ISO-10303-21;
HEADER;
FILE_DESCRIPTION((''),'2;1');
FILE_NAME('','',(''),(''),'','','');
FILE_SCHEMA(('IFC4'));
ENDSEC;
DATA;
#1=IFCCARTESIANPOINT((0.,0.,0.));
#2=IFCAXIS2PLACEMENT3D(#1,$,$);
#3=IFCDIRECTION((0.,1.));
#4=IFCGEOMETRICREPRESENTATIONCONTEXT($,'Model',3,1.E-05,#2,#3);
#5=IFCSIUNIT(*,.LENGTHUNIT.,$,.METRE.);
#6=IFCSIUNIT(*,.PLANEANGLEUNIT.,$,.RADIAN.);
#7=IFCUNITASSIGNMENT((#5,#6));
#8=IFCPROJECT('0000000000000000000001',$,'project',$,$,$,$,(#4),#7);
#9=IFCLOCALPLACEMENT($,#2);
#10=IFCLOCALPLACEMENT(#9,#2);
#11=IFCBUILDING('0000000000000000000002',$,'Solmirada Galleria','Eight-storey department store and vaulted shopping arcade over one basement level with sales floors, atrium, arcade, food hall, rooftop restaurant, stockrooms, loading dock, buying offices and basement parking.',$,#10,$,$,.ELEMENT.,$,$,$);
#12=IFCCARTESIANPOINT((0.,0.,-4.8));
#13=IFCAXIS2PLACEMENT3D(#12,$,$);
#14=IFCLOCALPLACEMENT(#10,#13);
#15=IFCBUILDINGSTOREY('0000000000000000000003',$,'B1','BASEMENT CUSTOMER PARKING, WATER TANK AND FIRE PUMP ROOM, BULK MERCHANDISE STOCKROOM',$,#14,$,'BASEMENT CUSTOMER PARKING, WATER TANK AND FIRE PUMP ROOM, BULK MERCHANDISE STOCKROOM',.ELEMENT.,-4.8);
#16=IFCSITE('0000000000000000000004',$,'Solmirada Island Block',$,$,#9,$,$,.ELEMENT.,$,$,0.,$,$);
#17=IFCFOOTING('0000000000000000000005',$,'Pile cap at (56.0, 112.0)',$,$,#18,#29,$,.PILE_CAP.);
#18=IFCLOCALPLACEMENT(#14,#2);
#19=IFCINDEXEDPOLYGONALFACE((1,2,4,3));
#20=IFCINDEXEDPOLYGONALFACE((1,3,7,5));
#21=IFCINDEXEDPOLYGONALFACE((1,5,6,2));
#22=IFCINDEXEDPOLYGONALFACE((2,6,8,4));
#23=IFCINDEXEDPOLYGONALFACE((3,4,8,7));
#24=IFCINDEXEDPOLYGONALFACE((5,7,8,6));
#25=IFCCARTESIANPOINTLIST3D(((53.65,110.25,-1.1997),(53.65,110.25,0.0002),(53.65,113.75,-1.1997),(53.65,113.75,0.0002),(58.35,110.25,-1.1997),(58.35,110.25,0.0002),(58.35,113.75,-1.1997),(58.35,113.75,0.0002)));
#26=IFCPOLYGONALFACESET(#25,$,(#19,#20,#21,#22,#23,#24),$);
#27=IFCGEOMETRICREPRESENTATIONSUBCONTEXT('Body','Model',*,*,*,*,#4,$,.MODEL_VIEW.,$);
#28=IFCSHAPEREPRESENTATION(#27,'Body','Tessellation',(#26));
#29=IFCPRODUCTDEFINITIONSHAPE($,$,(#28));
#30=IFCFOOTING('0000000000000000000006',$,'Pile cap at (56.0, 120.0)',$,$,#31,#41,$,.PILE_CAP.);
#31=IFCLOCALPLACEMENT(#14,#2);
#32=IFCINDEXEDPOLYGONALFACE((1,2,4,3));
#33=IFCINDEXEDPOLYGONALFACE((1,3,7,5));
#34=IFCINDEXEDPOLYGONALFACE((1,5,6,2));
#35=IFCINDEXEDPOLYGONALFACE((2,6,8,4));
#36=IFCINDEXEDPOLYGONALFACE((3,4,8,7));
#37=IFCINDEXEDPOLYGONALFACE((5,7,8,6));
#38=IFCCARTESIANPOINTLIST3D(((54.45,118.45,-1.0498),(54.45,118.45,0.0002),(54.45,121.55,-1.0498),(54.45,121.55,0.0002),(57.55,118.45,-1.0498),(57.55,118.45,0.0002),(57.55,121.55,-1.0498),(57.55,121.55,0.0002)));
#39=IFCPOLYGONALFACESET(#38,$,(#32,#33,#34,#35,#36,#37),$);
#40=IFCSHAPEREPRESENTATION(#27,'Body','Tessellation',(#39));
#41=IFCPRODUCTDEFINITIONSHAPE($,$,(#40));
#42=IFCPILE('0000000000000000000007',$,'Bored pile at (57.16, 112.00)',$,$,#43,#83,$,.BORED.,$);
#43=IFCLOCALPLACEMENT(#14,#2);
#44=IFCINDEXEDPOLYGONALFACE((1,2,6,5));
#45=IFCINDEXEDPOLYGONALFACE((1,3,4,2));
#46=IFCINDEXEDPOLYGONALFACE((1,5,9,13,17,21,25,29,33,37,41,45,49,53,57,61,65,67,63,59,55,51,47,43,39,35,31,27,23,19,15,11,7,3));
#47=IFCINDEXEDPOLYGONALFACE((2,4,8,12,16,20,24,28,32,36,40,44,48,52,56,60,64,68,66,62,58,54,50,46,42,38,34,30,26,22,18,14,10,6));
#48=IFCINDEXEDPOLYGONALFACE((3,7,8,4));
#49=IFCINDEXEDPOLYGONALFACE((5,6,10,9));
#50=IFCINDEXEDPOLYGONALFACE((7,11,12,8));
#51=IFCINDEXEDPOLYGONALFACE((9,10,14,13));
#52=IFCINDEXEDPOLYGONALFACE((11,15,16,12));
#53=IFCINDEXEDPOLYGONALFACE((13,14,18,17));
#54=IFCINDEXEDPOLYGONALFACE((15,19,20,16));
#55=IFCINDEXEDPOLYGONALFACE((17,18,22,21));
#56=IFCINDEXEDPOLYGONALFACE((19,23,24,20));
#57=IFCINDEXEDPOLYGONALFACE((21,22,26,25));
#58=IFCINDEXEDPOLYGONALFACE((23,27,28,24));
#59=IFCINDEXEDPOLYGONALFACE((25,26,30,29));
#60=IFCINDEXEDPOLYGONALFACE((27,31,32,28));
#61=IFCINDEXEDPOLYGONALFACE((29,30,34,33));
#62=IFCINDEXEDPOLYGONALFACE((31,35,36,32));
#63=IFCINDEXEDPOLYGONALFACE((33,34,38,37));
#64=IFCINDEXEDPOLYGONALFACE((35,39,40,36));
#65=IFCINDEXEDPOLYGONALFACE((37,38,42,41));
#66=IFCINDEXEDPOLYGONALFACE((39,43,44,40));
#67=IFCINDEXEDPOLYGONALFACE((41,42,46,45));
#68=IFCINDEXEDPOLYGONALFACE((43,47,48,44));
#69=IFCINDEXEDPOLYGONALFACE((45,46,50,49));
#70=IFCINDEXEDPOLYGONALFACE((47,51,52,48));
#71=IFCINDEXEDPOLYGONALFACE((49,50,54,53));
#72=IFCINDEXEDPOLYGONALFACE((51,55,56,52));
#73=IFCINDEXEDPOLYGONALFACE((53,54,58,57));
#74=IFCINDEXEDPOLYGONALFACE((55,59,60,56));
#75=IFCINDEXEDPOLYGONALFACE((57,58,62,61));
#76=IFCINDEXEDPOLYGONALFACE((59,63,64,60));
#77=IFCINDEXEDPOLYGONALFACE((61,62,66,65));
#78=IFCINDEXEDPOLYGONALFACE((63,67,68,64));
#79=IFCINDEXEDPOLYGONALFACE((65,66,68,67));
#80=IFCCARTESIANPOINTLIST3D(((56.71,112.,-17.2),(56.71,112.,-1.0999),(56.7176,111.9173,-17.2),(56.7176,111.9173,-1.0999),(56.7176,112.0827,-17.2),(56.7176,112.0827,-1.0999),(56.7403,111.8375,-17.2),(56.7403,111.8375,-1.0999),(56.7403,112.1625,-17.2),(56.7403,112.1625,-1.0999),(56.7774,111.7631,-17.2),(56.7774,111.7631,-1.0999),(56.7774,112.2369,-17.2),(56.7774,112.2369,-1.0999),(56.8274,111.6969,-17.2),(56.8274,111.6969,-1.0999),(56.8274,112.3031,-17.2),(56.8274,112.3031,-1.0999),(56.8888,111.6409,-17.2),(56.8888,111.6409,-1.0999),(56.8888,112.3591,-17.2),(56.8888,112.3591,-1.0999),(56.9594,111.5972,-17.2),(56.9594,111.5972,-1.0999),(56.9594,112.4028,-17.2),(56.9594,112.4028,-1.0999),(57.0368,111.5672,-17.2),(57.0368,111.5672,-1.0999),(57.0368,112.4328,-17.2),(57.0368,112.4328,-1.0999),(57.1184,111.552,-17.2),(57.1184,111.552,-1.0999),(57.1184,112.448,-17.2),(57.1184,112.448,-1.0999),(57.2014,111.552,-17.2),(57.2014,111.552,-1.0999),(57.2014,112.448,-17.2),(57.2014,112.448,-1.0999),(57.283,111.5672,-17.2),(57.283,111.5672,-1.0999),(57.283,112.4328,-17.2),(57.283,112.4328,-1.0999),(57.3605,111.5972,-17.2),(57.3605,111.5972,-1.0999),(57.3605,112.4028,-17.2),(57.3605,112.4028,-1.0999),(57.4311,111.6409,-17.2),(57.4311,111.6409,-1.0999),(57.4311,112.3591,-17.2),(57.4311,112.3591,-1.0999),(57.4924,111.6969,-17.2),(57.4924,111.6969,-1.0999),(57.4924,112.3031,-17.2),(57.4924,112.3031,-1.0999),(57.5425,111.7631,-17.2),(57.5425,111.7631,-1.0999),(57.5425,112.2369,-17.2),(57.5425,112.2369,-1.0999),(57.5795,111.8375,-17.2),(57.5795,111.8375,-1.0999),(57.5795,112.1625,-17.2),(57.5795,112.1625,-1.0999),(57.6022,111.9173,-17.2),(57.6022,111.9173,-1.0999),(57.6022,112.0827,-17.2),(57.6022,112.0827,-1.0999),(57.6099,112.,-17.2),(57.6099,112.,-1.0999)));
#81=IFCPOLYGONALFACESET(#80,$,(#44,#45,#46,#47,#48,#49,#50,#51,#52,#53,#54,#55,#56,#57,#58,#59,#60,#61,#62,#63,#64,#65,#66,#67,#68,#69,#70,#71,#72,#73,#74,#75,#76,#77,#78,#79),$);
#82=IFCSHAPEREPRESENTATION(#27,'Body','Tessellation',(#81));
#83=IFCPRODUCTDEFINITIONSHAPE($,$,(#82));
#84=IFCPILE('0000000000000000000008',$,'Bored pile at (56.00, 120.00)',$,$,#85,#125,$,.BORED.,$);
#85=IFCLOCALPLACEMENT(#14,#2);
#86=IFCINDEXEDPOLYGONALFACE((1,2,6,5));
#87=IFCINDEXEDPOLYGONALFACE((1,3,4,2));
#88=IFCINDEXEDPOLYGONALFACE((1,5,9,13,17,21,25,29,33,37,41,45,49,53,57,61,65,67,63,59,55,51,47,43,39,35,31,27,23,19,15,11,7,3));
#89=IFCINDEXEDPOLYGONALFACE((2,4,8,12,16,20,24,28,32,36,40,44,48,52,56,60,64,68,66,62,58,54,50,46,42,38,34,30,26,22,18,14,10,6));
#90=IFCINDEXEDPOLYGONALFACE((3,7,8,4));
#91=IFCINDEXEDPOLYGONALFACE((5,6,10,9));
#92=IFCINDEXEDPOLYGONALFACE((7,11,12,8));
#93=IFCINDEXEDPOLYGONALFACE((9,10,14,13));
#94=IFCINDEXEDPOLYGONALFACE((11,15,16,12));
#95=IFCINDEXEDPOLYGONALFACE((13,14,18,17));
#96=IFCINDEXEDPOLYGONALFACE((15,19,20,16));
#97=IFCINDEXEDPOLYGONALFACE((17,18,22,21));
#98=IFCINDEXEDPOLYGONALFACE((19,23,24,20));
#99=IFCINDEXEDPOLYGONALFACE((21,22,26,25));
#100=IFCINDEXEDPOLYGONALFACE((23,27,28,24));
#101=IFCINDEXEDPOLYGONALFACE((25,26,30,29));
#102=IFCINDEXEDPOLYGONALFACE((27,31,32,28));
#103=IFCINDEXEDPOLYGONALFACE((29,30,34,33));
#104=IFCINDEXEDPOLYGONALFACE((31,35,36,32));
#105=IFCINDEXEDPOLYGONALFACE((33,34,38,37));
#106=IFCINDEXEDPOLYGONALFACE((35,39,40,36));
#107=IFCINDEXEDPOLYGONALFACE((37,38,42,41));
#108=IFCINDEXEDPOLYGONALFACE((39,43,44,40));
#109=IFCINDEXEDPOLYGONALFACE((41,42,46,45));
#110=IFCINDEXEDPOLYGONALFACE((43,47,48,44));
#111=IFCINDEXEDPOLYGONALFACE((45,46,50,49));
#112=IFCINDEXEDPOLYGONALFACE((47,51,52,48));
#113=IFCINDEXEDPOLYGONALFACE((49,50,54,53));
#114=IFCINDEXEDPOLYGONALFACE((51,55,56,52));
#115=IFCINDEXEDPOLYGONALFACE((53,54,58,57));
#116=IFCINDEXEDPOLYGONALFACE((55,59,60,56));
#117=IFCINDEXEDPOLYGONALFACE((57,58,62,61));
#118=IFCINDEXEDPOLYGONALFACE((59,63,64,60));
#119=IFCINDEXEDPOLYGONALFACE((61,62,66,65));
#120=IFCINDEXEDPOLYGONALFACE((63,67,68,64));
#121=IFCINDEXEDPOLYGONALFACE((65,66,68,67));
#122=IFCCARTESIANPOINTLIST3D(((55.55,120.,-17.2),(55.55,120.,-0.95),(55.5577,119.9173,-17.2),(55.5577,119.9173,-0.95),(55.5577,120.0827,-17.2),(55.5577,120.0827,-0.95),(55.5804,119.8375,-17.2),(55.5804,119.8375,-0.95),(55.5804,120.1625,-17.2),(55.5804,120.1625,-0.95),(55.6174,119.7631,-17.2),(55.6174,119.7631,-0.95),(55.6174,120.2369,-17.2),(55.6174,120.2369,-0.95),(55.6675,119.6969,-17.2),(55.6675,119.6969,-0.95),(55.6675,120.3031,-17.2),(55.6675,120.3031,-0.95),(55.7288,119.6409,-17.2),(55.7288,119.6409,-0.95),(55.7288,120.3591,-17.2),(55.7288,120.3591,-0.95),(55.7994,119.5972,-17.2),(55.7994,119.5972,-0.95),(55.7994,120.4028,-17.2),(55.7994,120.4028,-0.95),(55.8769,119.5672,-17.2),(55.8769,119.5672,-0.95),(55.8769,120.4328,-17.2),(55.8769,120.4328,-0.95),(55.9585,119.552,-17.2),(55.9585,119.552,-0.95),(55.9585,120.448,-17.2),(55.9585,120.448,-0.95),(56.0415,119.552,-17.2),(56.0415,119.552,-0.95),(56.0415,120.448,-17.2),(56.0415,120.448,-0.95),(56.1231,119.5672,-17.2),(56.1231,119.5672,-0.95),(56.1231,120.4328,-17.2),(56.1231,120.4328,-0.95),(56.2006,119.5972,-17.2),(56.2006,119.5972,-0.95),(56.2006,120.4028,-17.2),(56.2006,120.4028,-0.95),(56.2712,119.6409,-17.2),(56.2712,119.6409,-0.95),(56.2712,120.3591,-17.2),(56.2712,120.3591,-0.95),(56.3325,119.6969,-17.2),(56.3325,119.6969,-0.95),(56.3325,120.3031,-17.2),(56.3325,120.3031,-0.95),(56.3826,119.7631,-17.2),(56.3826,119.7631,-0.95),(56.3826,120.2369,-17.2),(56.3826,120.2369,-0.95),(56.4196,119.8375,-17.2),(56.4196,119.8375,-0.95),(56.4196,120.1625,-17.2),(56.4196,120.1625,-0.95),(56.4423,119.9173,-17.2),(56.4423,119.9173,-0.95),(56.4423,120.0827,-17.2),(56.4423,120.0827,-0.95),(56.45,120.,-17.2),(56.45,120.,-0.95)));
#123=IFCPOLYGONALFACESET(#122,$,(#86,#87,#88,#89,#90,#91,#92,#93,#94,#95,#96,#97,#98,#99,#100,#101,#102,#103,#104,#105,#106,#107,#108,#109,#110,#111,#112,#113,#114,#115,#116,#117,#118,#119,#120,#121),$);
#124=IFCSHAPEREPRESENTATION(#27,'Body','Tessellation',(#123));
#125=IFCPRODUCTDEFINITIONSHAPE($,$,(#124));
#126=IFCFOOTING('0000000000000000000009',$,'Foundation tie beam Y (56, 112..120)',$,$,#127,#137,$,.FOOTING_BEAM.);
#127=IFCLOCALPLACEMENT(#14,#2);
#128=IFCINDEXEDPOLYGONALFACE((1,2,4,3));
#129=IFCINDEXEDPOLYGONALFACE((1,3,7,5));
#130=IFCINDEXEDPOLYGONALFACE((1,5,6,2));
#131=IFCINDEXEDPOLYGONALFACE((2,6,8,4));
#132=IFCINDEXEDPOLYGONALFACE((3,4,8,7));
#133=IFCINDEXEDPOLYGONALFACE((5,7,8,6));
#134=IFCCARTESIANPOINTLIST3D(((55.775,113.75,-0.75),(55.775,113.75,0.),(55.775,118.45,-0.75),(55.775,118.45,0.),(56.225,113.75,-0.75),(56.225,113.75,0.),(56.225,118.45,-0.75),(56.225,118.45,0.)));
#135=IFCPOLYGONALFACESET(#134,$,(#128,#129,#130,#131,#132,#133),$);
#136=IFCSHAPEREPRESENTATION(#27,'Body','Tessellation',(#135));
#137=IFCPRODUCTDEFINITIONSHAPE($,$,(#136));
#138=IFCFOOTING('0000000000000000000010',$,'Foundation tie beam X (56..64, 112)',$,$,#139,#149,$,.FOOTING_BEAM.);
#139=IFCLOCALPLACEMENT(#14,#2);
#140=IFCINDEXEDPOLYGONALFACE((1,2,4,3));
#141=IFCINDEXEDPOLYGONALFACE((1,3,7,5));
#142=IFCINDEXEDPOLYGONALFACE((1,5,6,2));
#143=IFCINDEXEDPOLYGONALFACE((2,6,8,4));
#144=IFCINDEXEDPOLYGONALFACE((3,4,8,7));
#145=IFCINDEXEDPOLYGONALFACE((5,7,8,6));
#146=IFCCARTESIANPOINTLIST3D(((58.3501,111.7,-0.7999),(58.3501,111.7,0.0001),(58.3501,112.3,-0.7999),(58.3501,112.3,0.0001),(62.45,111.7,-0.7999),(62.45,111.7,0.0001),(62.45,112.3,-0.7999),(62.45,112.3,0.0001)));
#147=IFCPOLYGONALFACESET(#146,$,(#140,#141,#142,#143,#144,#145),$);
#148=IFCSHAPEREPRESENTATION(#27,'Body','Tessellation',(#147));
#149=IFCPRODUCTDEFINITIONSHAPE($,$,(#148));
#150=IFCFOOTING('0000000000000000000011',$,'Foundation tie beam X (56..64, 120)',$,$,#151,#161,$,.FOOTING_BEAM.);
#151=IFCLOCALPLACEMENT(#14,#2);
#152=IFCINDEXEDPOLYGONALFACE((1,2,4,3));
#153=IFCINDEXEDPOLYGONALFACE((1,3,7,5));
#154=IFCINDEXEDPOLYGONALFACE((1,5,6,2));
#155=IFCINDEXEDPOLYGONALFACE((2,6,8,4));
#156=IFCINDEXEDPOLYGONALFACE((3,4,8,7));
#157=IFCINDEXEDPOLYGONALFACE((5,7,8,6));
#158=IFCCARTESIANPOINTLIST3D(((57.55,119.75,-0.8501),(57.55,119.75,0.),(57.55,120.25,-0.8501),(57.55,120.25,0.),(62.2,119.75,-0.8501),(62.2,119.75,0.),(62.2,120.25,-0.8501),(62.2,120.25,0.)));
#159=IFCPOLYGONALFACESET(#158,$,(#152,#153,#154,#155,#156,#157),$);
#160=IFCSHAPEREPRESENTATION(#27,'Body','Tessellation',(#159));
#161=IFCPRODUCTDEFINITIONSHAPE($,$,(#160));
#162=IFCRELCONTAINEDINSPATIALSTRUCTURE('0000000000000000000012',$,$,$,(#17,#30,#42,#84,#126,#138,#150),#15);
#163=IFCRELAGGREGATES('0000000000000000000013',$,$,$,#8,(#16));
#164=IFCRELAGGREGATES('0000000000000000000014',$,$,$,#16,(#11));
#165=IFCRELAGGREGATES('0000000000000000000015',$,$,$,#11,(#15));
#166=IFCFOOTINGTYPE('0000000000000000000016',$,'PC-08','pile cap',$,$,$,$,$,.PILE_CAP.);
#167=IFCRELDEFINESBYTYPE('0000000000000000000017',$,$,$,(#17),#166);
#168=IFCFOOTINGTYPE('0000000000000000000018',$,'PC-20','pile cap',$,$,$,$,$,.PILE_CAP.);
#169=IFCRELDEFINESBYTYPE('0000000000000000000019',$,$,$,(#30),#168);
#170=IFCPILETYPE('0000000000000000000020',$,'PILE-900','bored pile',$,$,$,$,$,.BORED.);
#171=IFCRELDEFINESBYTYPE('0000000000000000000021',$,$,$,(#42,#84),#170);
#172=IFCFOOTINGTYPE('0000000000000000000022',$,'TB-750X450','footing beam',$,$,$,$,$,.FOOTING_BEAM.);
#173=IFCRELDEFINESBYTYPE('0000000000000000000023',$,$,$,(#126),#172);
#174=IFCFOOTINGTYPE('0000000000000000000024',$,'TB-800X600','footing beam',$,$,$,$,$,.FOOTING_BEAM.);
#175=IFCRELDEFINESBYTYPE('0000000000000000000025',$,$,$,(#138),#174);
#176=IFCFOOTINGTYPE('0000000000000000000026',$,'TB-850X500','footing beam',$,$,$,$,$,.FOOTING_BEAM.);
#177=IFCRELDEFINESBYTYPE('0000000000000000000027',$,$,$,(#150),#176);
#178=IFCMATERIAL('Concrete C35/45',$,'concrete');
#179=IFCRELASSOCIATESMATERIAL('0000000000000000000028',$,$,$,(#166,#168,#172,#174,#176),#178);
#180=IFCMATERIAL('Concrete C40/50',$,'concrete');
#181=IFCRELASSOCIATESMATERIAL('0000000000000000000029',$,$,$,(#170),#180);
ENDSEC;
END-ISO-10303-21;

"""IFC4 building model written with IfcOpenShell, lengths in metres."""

from ifc_helpers import new_model, si_unit, direction, frame, origin, origin_2d, place, context, subcontext, project, spatial, rectangle, circle, extrude, material, material_profile, profile_set, type_object, element, save


model = new_model("IFC4")

# Units and contexts
model_context = context("Model", 3, precision=1e-05, world=origin(), true_north=direction((0.0, 1.0)))
body_context = subcontext(model_context, "Body", "Model", "MODEL_VIEW")
ifc_project = project(units=[si_unit("LENGTHUNIT", "METRE"), si_unit("PLANEANGLEUNIT", "RADIAN")], contexts=[model_context])

# Site, building, storey
site_placement = place(None, origin())
site = spatial("IfcSite", under=ifc_project, at=site_placement, Name="Solmirada Island Block", CompositionType="ELEMENT", RefElevation=0.0)
building_placement = place(site_placement, origin())
building = spatial("IfcBuilding", under=site, at=building_placement, Name="Solmirada Galleria", Description="Eight-storey department store and vaulted shopping arcade over one basement level with sales floors, atrium, arcade, food hall, rooftop restaurant, stockrooms, loading dock, buying offices and basement parking.", CompositionType="ELEMENT")
storey_placement = place(building_placement, frame((0.0, 0.0, -4.8)))
storey = spatial("IfcBuildingStorey", under=building, at=storey_placement, Name="B1", Description="BASEMENT CUSTOMER PARKING, WATER TANK AND FIRE PUMP ROOM, BULK MERCHANDISE STOCKROOM", LongName="BASEMENT CUSTOMER PARKING, WATER TANK AND FIRE PUMP ROOM, BULK MERCHANDISE STOCKROOM", CompositionType="ELEMENT", Elevation=-4.8)

# Footings
ifc_material_1 = material(Name="Concrete C35/45", Category="concrete")
footing_type_1 = type_object("IfcFootingType", Name="PC-08", Description="pile cap", PredefinedType="PILE_CAP", material=ifc_material_1)
footing_1_placement = place(storey_placement, frame((56.0, 112.0, -1.1997), z_axis=(0.0, 0.0, 1.0), x_axis=(1.0, 0.0, 0.0)))
element("IfcFooting", 1, at=footing_1_placement, inside=storey, type_object=footing_type_1, Name="Pile cap at (56.0, 112.0)", PredefinedType="PILE_CAP", context=body_context, shape_type="SweptSolid", body=[
    extrude(rectangle(XDim=4.7, YDim=3.5, at=origin_2d()), origin(), (0.0, 0.0, 1.0), 1.2),
])
footing_type_2 = type_object("IfcFootingType", Name="PC-20", Description="pile cap", PredefinedType="PILE_CAP", material=ifc_material_1)
footing_2_placement = place(storey_placement, frame((56.0, 120.0, -1.0498), z_axis=(0.0, 0.0, 1.0), x_axis=(1.0, 0.0, 0.0)))
element("IfcFooting", 2, at=footing_2_placement, inside=storey, type_object=footing_type_2, Name="Pile cap at (56.0, 120.0)", PredefinedType="PILE_CAP", context=body_context, shape_type="SweptSolid", body=[
    extrude(rectangle(XDim=3.1001, YDim=3.1001, at=origin_2d()), origin(), (0.0, 0.0, 1.0), 1.05),
])

# Piles
ifc_material_2 = material(Name="Concrete C40/50", Category="concrete")
ifc_material_profile_1 = material_profile(ifc_material_2, circle(Radius=0.45, at=origin_2d()), Name="PILE900")
ifc_profile_set_1 = profile_set([ifc_material_profile_1], Name="Concrete C40/50")
pile_type = type_object("IfcPileType", Name="PILE-900", Description="bored pile", PredefinedType="BORED", material=ifc_profile_set_1)
pile_1_placement = place(storey_placement, frame((57.1599, 112.0, -1.0999), z_axis=(0.0, 0.0, -1.0), x_axis=(1.0, 0.0, 0.0)))
element("IfcPile", 3, at=pile_1_placement, inside=storey, type_object=pile_type, Name="Bored pile at (57.16, 112.00)", PredefinedType="BORED", context=body_context, shape_type="SweptSolid", body=[
    extrude(circle(Radius=0.45, at=origin_2d()), origin(), (0.0, 0.0, 1.0), 16.1001),
])
pile_2_placement = place(storey_placement, frame((56.0, 120.0, -0.95), z_axis=(0.0, 0.0, -1.0), x_axis=(1.0, 0.0, 0.0)))
element("IfcPile", 4, at=pile_2_placement, inside=storey, type_object=pile_type, Name="Bored pile at (56.00, 120.00)", PredefinedType="BORED", context=body_context, shape_type="SweptSolid", body=[
    extrude(circle(Radius=0.45, at=origin_2d()), origin(), (0.0, 0.0, 1.0), 16.25),
])

# Footings
ifc_material_profile_2 = material_profile(ifc_material_1, rectangle(XDim=0.45, YDim=0.75, at=origin_2d()), Name="RC750X450")
ifc_profile_set_2 = profile_set([ifc_material_profile_2], Name="Concrete C35/45")
footing_type_3 = type_object("IfcFootingType", Name="TB-750X450", Description="footing beam", PredefinedType="FOOTING_BEAM", material=ifc_profile_set_2)
footing_3_placement = place(storey_placement, frame((56.0, 113.75, -0.375), z_axis=(0.0, 1.0, 0.0), x_axis=(-1.0, 0.0, 0.0)))
element("IfcFooting", 5, at=footing_3_placement, inside=storey, type_object=footing_type_3, Name="Foundation tie beam Y (56, 112..120)", PredefinedType="FOOTING_BEAM", context=body_context, shape_type="SweptSolid", body=[
    extrude(rectangle(XDim=0.45, YDim=0.75, at=origin_2d()), origin(), (0.0, 0.0, 1.0), 4.7),
])
ifc_material_profile_3 = material_profile(ifc_material_1, rectangle(XDim=0.6001, YDim=0.8, at=origin_2d()), Name="RC800X600")
ifc_profile_set_3 = profile_set([ifc_material_profile_3], Name="Concrete C35/45")
footing_type_4 = type_object("IfcFootingType", Name="TB-800X600", Description="footing beam", PredefinedType="FOOTING_BEAM", material=ifc_profile_set_3)
footing_4_placement = place(storey_placement, frame((58.3501, 112.0, -0.3999), z_axis=(1.0, 0.0, 0.0), x_axis=(0.0, 1.0, 0.0)))
element("IfcFooting", 6, at=footing_4_placement, inside=storey, type_object=footing_type_4, Name="Foundation tie beam X (56..64, 112)", PredefinedType="FOOTING_BEAM", context=body_context, shape_type="SweptSolid", body=[
    extrude(rectangle(XDim=0.6001, YDim=0.8, at=origin_2d()), origin(), (0.0, 0.0, 1.0), 4.0999),
])
ifc_material_profile_4 = material_profile(ifc_material_1, rectangle(XDim=0.5, YDim=0.8501, at=origin_2d()), Name="RC850X500")
ifc_profile_set_4 = profile_set([ifc_material_profile_4], Name="Concrete C35/45")
footing_type_5 = type_object("IfcFootingType", Name="TB-850X500", Description="footing beam", PredefinedType="FOOTING_BEAM", material=ifc_profile_set_4)
footing_5_placement = place(storey_placement, frame((57.55, 120.0, -0.425), z_axis=(1.0, 0.0, 0.0), x_axis=(0.0, 1.0, 0.0)))
element("IfcFooting", 7, at=footing_5_placement, inside=storey, type_object=footing_type_5, Name="Foundation tie beam X (56..64, 120)", PredefinedType="FOOTING_BEAM", context=body_context, shape_type="SweptSolid", body=[
    extrude(rectangle(XDim=0.5, YDim=0.8501, at=origin_2d()), origin(), (0.0, 0.0, 1.0), 4.6499),
])

save(model, "model.ifc")
